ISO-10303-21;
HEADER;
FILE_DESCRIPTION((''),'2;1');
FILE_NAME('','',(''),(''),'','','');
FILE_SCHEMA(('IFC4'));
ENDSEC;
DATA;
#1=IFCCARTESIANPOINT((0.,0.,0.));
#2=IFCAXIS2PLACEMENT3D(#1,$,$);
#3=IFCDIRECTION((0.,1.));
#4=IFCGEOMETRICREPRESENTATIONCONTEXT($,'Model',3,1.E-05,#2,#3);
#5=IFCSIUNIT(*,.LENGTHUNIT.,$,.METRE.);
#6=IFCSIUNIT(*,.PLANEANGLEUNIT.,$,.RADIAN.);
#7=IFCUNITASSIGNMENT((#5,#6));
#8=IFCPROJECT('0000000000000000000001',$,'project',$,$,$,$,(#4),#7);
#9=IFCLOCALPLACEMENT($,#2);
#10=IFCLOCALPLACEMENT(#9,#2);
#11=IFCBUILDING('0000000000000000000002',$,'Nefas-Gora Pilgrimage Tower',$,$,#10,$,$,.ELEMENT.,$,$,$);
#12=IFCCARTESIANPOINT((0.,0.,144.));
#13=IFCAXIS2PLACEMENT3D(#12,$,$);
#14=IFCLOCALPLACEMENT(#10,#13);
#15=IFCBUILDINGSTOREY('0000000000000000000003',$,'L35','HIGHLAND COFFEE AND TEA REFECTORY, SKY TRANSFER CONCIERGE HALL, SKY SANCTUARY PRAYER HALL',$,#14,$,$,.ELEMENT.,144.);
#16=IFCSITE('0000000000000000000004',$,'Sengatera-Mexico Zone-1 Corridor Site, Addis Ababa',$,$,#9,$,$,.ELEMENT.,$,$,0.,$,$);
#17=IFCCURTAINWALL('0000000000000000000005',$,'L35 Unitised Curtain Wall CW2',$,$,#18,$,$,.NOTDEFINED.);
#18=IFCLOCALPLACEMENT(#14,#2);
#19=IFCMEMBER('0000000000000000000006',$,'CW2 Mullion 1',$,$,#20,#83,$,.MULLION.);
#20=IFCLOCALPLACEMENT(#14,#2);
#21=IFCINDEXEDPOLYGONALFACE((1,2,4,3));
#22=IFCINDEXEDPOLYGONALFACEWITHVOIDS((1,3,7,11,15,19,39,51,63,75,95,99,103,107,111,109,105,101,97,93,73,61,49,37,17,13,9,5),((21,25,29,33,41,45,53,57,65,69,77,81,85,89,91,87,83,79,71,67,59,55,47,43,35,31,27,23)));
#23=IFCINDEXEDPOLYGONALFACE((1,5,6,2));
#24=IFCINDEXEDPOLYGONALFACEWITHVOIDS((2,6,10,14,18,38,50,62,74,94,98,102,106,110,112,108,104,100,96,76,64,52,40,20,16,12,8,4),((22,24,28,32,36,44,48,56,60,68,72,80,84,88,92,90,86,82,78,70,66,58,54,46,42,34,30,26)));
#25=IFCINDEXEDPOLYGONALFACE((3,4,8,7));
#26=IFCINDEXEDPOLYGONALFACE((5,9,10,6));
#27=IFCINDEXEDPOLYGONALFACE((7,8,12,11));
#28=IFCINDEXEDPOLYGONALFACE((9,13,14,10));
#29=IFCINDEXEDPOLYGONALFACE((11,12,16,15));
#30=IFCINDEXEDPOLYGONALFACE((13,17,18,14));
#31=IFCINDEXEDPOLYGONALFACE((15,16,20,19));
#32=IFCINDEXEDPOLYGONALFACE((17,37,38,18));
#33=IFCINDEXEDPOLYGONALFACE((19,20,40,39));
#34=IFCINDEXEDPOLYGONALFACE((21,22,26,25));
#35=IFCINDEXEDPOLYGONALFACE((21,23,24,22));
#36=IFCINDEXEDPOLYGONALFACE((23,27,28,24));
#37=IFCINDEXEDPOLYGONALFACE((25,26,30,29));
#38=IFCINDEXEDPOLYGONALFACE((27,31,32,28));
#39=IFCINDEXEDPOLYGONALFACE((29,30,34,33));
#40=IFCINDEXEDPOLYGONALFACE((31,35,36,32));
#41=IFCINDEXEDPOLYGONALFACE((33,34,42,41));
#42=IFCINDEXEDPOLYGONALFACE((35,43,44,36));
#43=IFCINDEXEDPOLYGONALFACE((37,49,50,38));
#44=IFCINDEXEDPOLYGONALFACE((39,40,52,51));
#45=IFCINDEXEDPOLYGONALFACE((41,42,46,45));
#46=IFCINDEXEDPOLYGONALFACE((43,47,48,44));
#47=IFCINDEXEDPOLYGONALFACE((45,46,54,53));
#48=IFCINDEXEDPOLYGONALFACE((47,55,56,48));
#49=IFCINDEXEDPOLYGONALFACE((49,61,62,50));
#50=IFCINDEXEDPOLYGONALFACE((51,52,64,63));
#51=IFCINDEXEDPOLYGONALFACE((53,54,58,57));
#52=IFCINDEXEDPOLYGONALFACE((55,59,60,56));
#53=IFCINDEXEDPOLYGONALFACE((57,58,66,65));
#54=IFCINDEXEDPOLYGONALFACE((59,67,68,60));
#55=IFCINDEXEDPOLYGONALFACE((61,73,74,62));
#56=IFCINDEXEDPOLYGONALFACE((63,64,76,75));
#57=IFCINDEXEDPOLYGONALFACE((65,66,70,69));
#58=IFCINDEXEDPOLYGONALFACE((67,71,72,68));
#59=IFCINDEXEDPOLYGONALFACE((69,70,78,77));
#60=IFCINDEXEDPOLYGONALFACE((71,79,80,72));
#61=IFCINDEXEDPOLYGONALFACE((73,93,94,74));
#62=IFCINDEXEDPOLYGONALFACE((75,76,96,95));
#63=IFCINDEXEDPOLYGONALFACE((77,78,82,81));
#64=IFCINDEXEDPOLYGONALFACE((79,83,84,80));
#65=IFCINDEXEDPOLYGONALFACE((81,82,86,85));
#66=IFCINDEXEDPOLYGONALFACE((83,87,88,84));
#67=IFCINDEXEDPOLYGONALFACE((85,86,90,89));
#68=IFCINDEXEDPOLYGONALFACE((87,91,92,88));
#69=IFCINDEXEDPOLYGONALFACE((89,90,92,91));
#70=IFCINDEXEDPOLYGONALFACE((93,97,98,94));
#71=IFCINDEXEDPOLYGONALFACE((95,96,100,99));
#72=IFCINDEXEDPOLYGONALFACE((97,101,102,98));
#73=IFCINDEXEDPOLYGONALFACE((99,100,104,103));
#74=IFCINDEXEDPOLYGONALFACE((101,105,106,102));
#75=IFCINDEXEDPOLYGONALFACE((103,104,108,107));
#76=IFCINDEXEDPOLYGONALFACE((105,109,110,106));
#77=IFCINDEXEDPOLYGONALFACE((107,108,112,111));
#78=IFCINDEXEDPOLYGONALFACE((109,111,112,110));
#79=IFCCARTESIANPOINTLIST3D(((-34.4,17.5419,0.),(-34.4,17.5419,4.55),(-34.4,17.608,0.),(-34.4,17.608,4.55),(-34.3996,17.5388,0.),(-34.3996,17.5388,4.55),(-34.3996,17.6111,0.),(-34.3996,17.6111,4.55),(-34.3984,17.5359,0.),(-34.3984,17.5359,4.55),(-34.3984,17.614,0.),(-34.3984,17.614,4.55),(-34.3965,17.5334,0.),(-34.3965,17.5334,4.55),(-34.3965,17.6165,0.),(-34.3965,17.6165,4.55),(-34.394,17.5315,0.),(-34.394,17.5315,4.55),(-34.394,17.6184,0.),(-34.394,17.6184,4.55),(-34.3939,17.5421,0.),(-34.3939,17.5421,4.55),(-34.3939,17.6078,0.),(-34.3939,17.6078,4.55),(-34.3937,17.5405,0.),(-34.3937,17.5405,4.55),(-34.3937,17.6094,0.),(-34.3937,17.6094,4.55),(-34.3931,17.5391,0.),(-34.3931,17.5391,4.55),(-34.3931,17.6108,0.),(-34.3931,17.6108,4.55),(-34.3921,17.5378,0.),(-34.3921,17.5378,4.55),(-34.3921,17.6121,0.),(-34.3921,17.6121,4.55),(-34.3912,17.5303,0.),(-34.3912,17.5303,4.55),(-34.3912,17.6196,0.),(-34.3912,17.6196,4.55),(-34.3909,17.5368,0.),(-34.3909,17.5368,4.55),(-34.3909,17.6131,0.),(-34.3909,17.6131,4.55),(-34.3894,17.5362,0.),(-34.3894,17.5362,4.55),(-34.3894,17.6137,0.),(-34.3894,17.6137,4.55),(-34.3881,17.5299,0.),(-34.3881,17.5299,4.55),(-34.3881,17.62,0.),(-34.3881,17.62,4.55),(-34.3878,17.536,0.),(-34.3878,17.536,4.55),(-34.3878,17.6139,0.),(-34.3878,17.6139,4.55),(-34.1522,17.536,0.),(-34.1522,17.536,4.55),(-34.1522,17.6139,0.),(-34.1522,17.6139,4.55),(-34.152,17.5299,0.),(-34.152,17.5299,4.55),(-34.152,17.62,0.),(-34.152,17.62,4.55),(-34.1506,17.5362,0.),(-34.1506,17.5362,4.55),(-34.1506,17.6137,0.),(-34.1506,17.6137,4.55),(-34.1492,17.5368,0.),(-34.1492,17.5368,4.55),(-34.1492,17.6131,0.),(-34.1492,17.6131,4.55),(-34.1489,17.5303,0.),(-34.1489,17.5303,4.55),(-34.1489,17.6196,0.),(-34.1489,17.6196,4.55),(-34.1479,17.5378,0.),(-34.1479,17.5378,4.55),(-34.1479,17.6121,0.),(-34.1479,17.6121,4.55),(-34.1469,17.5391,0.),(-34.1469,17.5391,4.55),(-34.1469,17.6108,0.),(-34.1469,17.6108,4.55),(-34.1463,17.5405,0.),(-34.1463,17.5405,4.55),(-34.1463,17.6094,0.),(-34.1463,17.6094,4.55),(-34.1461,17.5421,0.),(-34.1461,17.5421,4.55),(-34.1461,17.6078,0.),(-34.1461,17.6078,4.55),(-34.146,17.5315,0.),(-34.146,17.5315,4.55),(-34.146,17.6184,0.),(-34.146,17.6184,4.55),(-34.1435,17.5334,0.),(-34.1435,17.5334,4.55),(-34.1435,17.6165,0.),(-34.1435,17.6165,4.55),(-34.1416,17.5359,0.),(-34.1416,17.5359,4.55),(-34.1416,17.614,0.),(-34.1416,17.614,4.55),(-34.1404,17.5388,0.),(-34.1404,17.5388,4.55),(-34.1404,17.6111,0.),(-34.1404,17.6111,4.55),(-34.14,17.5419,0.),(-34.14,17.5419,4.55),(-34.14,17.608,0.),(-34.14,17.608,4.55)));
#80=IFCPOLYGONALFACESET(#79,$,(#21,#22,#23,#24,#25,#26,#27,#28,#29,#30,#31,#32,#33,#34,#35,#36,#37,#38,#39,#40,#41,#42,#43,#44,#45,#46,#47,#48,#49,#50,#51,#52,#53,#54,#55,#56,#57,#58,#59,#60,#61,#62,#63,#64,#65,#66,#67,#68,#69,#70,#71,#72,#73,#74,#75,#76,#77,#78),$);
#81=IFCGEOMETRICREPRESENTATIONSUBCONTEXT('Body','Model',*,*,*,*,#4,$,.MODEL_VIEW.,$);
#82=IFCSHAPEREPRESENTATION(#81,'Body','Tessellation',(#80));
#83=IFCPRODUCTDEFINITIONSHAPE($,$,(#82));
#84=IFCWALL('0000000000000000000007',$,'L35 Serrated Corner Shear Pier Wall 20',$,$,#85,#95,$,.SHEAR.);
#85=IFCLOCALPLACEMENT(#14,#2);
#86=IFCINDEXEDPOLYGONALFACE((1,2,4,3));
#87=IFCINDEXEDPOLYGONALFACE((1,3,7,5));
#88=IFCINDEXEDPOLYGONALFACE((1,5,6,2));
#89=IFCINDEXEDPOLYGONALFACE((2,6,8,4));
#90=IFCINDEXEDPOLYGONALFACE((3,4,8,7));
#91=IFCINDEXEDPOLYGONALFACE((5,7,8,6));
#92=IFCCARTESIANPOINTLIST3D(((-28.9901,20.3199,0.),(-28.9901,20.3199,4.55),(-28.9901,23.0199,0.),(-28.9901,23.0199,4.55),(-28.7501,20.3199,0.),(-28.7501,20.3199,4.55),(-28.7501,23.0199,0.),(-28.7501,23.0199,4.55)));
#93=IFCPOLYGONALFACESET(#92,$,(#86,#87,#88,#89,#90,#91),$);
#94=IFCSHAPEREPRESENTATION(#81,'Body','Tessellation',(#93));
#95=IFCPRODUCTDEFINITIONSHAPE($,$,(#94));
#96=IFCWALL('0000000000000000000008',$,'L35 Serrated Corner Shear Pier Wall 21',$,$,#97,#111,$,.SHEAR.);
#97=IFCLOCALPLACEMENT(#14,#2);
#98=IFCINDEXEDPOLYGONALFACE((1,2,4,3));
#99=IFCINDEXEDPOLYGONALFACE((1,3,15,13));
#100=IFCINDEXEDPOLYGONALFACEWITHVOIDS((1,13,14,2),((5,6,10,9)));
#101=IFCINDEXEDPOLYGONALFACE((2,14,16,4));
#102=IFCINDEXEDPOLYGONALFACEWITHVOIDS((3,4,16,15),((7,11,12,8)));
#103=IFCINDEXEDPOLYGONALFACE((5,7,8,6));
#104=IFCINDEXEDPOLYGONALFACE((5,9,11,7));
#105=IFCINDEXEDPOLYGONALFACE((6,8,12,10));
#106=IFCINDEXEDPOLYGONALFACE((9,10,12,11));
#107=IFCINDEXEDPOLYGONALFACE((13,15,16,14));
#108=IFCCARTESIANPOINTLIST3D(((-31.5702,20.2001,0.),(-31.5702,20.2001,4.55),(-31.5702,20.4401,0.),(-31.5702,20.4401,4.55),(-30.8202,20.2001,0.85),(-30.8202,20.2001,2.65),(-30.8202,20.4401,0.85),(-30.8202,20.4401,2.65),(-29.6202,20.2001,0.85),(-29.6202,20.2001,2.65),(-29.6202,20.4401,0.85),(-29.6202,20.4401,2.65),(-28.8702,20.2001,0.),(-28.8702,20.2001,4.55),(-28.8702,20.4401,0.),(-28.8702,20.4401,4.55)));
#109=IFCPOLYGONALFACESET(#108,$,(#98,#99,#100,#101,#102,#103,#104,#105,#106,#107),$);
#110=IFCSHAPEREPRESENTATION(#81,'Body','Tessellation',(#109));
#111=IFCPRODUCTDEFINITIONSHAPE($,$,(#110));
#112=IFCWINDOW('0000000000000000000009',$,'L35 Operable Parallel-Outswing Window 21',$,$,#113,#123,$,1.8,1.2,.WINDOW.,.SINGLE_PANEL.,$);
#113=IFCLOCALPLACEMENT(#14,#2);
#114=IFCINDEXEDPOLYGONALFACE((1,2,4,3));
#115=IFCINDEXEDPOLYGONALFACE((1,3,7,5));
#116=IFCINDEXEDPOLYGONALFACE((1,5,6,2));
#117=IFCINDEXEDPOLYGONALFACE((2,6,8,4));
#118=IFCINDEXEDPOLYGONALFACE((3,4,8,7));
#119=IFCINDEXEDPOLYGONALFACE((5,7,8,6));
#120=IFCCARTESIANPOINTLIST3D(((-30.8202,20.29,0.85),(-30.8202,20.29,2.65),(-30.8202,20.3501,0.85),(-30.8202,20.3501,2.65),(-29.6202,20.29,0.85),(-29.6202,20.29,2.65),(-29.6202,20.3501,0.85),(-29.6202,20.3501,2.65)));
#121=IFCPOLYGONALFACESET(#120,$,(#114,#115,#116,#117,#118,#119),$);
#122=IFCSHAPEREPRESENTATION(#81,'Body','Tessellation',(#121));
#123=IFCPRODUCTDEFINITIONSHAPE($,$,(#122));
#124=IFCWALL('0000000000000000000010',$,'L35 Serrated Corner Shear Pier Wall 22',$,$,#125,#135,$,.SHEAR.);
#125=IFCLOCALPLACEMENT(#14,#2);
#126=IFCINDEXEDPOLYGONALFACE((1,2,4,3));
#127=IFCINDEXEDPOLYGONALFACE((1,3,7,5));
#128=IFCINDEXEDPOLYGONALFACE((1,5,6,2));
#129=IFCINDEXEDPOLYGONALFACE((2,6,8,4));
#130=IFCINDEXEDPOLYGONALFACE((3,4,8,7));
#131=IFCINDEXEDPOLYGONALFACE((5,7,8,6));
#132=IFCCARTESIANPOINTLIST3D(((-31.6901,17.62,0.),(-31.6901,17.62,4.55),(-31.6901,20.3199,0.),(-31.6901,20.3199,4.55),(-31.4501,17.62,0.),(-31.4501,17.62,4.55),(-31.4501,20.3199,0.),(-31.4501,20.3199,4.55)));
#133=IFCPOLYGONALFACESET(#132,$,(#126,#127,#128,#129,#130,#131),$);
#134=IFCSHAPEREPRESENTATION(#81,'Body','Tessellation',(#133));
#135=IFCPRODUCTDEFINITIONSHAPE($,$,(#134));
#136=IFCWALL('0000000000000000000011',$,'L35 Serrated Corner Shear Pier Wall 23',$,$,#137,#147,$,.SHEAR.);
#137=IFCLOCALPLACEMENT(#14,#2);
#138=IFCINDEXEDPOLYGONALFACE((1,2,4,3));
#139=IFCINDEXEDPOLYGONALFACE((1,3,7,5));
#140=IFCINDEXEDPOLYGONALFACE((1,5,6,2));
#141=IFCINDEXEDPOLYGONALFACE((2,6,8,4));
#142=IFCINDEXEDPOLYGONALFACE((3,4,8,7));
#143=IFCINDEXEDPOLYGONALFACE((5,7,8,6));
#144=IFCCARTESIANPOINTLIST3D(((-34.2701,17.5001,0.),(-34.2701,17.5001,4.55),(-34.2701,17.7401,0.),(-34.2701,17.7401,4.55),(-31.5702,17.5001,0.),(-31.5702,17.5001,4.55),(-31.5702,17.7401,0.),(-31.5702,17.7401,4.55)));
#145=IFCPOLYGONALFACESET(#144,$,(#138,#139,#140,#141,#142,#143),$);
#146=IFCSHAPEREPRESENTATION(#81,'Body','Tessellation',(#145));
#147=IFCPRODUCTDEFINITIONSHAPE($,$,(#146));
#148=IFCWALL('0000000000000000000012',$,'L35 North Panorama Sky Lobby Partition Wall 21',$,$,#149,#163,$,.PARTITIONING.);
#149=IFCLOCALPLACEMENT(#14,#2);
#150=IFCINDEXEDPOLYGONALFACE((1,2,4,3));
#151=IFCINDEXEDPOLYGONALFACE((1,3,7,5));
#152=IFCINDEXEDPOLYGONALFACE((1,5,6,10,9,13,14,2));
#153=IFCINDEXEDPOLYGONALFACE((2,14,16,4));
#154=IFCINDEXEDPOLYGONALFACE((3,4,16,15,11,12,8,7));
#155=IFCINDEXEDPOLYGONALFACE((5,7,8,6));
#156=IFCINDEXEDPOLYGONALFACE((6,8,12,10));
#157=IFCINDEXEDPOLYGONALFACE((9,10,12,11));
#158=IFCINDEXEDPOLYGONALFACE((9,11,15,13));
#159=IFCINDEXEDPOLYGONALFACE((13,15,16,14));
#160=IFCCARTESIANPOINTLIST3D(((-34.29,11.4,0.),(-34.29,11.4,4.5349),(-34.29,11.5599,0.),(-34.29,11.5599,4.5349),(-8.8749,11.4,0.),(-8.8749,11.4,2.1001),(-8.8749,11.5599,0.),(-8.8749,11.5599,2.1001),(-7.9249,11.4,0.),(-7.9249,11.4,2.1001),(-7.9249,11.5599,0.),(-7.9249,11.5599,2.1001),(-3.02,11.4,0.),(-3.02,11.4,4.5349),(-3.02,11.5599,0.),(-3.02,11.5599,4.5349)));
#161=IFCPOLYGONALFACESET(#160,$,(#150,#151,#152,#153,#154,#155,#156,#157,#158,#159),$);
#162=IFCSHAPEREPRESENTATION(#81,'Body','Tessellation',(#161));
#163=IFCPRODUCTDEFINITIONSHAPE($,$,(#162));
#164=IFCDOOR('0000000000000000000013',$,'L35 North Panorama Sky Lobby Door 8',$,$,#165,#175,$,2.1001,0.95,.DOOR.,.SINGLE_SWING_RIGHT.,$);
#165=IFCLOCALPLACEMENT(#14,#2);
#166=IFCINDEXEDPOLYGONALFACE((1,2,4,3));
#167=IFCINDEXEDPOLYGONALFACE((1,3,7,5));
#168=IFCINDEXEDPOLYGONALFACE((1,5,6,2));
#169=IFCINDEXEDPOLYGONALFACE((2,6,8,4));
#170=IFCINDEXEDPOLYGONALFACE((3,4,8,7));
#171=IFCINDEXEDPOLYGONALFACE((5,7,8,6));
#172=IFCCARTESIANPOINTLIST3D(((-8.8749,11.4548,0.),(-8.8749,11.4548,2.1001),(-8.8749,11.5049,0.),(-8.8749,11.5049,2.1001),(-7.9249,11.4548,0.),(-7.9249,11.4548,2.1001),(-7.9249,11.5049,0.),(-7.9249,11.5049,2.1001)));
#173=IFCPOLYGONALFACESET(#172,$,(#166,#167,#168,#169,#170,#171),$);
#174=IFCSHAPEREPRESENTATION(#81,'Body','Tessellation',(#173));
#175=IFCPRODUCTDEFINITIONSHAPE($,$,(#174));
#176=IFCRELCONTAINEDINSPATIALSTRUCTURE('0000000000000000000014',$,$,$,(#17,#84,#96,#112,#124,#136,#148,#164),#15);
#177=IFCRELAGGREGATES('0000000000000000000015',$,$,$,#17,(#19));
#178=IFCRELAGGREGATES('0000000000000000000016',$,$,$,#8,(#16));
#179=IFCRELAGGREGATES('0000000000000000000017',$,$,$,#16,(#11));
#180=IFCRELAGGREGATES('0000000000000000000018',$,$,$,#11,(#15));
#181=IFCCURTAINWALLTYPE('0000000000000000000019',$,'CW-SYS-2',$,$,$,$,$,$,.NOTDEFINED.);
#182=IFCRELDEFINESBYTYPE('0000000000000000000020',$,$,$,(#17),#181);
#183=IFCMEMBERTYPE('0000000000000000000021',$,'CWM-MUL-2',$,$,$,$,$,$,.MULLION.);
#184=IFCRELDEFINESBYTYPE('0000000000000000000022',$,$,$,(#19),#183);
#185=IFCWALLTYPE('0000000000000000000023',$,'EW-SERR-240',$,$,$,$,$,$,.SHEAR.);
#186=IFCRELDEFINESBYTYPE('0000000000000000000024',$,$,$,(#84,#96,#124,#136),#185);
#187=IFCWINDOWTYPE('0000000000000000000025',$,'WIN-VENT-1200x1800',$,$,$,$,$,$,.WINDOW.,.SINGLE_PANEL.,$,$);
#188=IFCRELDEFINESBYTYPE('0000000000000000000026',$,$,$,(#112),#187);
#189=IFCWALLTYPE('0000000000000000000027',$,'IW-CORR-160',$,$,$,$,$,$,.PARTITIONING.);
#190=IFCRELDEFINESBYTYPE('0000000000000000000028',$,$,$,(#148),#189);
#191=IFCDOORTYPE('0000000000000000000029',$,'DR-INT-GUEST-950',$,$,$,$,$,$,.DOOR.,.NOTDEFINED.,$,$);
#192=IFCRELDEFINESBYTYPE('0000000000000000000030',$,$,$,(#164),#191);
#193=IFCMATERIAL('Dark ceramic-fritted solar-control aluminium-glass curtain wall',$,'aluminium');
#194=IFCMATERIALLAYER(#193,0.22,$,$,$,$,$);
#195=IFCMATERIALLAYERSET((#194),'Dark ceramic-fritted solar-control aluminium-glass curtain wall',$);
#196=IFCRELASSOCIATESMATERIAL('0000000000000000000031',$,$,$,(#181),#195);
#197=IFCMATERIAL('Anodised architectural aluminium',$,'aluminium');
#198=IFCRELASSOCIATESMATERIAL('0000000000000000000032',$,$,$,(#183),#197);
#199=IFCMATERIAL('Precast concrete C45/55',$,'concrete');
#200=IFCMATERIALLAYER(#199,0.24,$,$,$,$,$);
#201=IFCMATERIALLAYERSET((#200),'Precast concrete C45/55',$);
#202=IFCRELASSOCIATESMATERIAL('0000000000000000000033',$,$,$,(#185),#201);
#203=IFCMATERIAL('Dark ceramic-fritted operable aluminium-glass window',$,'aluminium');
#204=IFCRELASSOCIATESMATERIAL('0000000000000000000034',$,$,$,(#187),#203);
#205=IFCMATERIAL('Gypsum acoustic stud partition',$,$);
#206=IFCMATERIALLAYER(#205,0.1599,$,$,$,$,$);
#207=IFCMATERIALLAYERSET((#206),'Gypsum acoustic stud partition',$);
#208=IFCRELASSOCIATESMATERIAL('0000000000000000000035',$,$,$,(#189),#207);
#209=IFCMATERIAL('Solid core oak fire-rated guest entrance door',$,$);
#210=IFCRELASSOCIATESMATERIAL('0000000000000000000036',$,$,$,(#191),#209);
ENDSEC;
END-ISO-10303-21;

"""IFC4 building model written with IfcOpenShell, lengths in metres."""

from ifc_helpers import new_model, si_unit, direction, frame, frame_2d, origin, origin_2d, place, context, subcontext, project, spatial, rectangle, hollow_rectangle, extrude, source, transform, mapped, material, layer, layer_set, material_profile, profile_set, type_object, element, fill, aggregate, save


model = new_model("IFC4")

# Units and contexts
model_context = context("Model", 3, precision=1e-05, world=origin(), true_north=direction((0.0, 1.0)))
body_context = subcontext(model_context, "Body", "Model", "MODEL_VIEW")
ifc_project = project(units=[si_unit("LENGTHUNIT", "METRE"), si_unit("PLANEANGLEUNIT", "RADIAN")], contexts=[model_context])

# Site, building, storey
site_placement = place(None, origin())
site = spatial("IfcSite", under=ifc_project, at=site_placement, Name="Sengatera-Mexico Zone-1 Corridor Site, Addis Ababa", CompositionType="ELEMENT", RefElevation=0.0)
building_placement = place(site_placement, origin())
building = spatial("IfcBuilding", under=site, at=building_placement, Name="Nefas-Gora Pilgrimage Tower", CompositionType="ELEMENT")
storey_placement = place(building_placement, frame((0.0, 0.0, 144.0)))
storey = spatial("IfcBuildingStorey", under=building, at=storey_placement, Name="L35", Description="HIGHLAND COFFEE AND TEA REFECTORY, SKY TRANSFER CONCIERGE HALL, SKY SANCTUARY PRAYER HALL", CompositionType="ELEMENT", Elevation=144.0)

# Curtain wall
ifc_material_1 = material(Name="Dark ceramic-fritted solar-control aluminium-glass curtain wall", Category="aluminium")
ifc_layer_1 = layer(ifc_material_1, 0.22)
ifc_layer_set_1 = layer_set([ifc_layer_1], Name="Dark ceramic-fritted solar-control aluminium-glass curtain wall")
curtain_wall_type = type_object("IfcCurtainWallType", Name="CW-SYS-2", PredefinedType="NOTDEFINED", material=ifc_layer_set_1)
curtain_wall_1_placement = place(storey_placement, origin())
curtain_wall_1 = element("IfcCurtainWall", 1, at=curtain_wall_1_placement, inside=storey, type_object=curtain_wall_type, Name="L35 Unitised Curtain Wall CW2", PredefinedType="NOTDEFINED")
ifc_material_2 = material(Name="Anodised architectural aluminium", Category="aluminium")
ifc_material_profile_1 = material_profile(ifc_material_2, hollow_rectangle(XDim=0.0901, YDim=0.26, WallThickness=0.0061, InnerFilletRadius=0.0061, OuterFilletRadius=0.012, at=origin_2d()), Name="ALU MULLION 90x260")
ifc_profile_set_1 = profile_set([ifc_material_profile_1], Name="Anodised architectural aluminium")
member_type_1 = type_object("IfcMemberType", Name="CWM-MUL-2", PredefinedType="MULLION", material=ifc_profile_set_1)
shared_shape_1 = source(origin(), body_context, "Body", "SweptSolid", [
    extrude(hollow_rectangle(XDim=0.0901, YDim=0.26, WallThickness=0.0061, InnerFilletRadius=0.0061, OuterFilletRadius=0.012, at=origin_2d()), origin(), (0.0, 0.0, 1.0), 4.55),
])

# Member
member_1_placement = place(storey_placement, frame((-34.27, 17.575, 0.0), z_axis=(0.0, 0.0, 1.0), x_axis=(0.0, -1.0, 0.0)))
member_1 = element("IfcMember", 2, at=member_1_placement, type_object=member_type_1, Name="CW2 Mullion 1", PredefinedType="MULLION", context=body_context, shape_type="MappedRepresentation", body=[
    mapped(shared_shape_1, transform((0.0, 0.0, 0.0), x_axis=(1.0, 0.0, 0.0), y_axis=(0.0, 1.0, 0.0), z_axis=(0.0, 0.0, 1.0), scale=1.0)),
])
aggregate(curtain_wall_1, [member_1])

# Wall
ifc_material_3 = material(Name="Precast concrete C45/55", Category="concrete")
ifc_layer_2 = layer(ifc_material_3, 0.24)
ifc_layer_set_2 = layer_set([ifc_layer_2], Name="Precast concrete C45/55")
wall_type_1 = type_object("IfcWallType", Name="EW-SERR-240", PredefinedType="SHEAR", material=ifc_layer_set_2)
shared_shape_2 = source(origin(), body_context, "Body", "SweptSolid", [
    extrude(rectangle(XDim=2.7, YDim=0.24, at=frame_2d((1.3501, 0.0))), origin(), (0.0, 0.0, 1.0), 4.55),
])
wall_1_placement = place(storey_placement, frame((-28.8701, 23.02, 0.0), z_axis=(0.0, 0.0, 1.0), x_axis=(0.0, -1.0, 0.0)))
element("IfcWall", 3, at=wall_1_placement, inside=storey, type_object=wall_type_1, Name="L35 Serrated Corner Shear Pier Wall 20", PredefinedType="SHEAR", context=body_context, shape_type="MappedRepresentation", body=[
    mapped(shared_shape_2, transform((0.0, 0.0, 0.0), x_axis=(1.0, 0.0, 0.0), y_axis=(0.0, 1.0, 0.0), z_axis=(0.0, 0.0, 1.0), scale=1.0)),
])

# Wall, opening, window
wall_2_placement = place(storey_placement, frame((-28.8701, 20.3201, 0.0), z_axis=(0.0, 0.0, 1.0), x_axis=(-1.0, 0.0, 0.0)))
wall_2 = element("IfcWall", 4, at=wall_2_placement, inside=storey, type_object=wall_type_1, Name="L35 Serrated Corner Shear Pier Wall 21", PredefinedType="SHEAR", context=body_context, shape_type="MappedRepresentation", body=[
    mapped(shared_shape_2, transform((0.0, 0.0, 0.0), x_axis=(1.0, 0.0, 0.0), y_axis=(0.0, 1.0, 0.0), z_axis=(0.0, 0.0, 1.0), scale=1.0)),
])
opening_1_placement = place(wall_2_placement, frame((0.75, 0.0, 0.8501)))
opening_1 = element("IfcOpeningElement", 5, at=opening_1_placement, cuts=wall_2, PredefinedType="OPENING", context=body_context, shape_type="SweptSolid", body=[
    extrude(rectangle(XDim=1.2, YDim=1.8, at=frame_2d((0.6001, 0.8999))), frame((0.0, 0.1299, 0.0), z_axis=(0.0, -1.0, 0.0), x_axis=(1.0, 0.0, 0.0)), (0.0, 0.0, 1.0), 0.26),
])
ifc_material_4 = material(Name="Dark ceramic-fritted operable aluminium-glass window", Category="aluminium")
window_type = type_object("IfcWindowType", Name="WIN-VENT-1200x1800", PartitioningType="SINGLE_PANEL", PredefinedType="WINDOW", material=ifc_material_4)
shared_shape_3 = source(origin(), body_context, "Body", "SweptSolid", [
    extrude(rectangle(XDim=1.2, YDim=1.8, at=frame_2d((0.6001, 0.8999))), frame((0.0, 0.03, 0.0), z_axis=(0.0, -1.0, 0.0), x_axis=(1.0, 0.0, 0.0)), (0.0, 0.0, 1.0), 0.0601),
])
window_placement = place(opening_1_placement, origin())
window = element("IfcWindow", 6, at=window_placement, inside=storey, type_object=window_type, Name="L35 Operable Parallel-Outswing Window 21", OverallHeight=1.8, OverallWidth=1.2, PartitioningType="SINGLE_PANEL", PredefinedType="WINDOW", context=body_context, shape_type="MappedRepresentation", body=[
    mapped(shared_shape_3, transform((0.0, 0.0, 0.0), x_axis=(1.0, 0.0, 0.0), y_axis=(0.0, 1.0, 0.0), z_axis=(0.0, 0.0, 1.0), scale=1.0)),
])
fill(opening_1, window)

# Walls
for number, where, z_axis, x_axis, name in (
    (7, (-31.5701, 20.3201, 0.0), (0.0, 0.0, 1.0), (0.0, -1.0, 0.0), "L35 Serrated Corner Shear Pier Wall 22"),
    (8, (-31.5701, 17.6201, 0.0), (0.0, 0.0, 1.0), (-1.0, 0.0, 0.0), "L35 Serrated Corner Shear Pier Wall 23"),
):
    element("IfcWall", number, at=place(storey_placement, frame(where, z_axis=z_axis, x_axis=x_axis)), inside=storey, type_object=wall_type_1, Name=name, PredefinedType="SHEAR", context=body_context, shape_type="MappedRepresentation", body=[
        mapped(shared_shape_2, transform((0.0, 0.0, 0.0), x_axis=(1.0, 0.0, 0.0), y_axis=(0.0, 1.0, 0.0), z_axis=(0.0, 0.0, 1.0), scale=1.0)),
    ])

# Wall, opening, door
ifc_material_5 = material(Name="Gypsum acoustic stud partition")
ifc_layer_3 = layer(ifc_material_5, 0.1599)
ifc_layer_set_3 = layer_set([ifc_layer_3], Name="Gypsum acoustic stud partition")
wall_type_2 = type_object("IfcWallType", Name="IW-CORR-160", PredefinedType="PARTITIONING", material=ifc_layer_set_3)
shared_shape_4 = source(origin(), body_context, "Body", "SweptSolid", [
    extrude(rectangle(XDim=31.27, YDim=0.1599, at=frame_2d((15.635, 0.0))), origin(), (0.0, 0.0, 1.0), 4.5349),
])
wall_3_placement = place(storey_placement, frame((-34.29, 11.48, 0.0), z_axis=(0.0, 0.0, 1.0), x_axis=(1.0, 0.0, 0.0)))
wall_3 = element("IfcWall", 9, at=wall_3_placement, inside=storey, type_object=wall_type_2, Name="L35 North Panorama Sky Lobby Partition Wall 21", PredefinedType="PARTITIONING", context=body_context, shape_type="MappedRepresentation", body=[
    mapped(shared_shape_4, transform((0.0, 0.0, 0.0), x_axis=(1.0, 0.0, 0.0), y_axis=(0.0, 1.0, 0.0), z_axis=(0.0, 0.0, 1.0), scale=1.0)),
])
opening_2_placement = place(wall_3_placement, frame((25.415, 0.0, 0.0)))
opening_2 = element("IfcOpeningElement", 10, at=opening_2_placement, cuts=wall_3, PredefinedType="OPENING", context=body_context, shape_type="SweptSolid", body=[
    extrude(rectangle(XDim=0.95, YDim=2.1001, at=frame_2d((0.4751, 1.05))), frame((0.0, 0.0898, 0.0), z_axis=(0.0, -1.0, 0.0), x_axis=(1.0, 0.0, 0.0)), (0.0, 0.0, 1.0), 0.1799),
])
ifc_material_6 = material(Name="Solid core oak fire-rated guest entrance door")
door_type = type_object("IfcDoorType", Name="DR-INT-GUEST-950", OperationType="NOTDEFINED", PredefinedType="DOOR", material=ifc_material_6)
shared_shape_5 = source(origin(), body_context, "Body", "SweptSolid", [
    extrude(rectangle(XDim=0.95, YDim=2.1001, at=frame_2d((0.4751, 1.05))), frame((0.0, 0.0249, 0.0), z_axis=(0.0, -1.0, 0.0), x_axis=(1.0, 0.0, 0.0)), (0.0, 0.0, 1.0), 0.05),
])
door_placement = place(opening_2_placement, origin())
door = element("IfcDoor", 11, at=door_placement, inside=storey, type_object=door_type, Name="L35 North Panorama Sky Lobby Door 8", OperationType="SINGLE_SWING_RIGHT", OverallHeight=2.1001, OverallWidth=0.95, PredefinedType="DOOR", context=body_context, shape_type="MappedRepresentation", body=[
    mapped(shared_shape_5, transform((0.0, 0.0, 0.0), x_axis=(1.0, 0.0, 0.0), y_axis=(0.0, 1.0, 0.0), z_axis=(0.0, 0.0, 1.0), scale=1.0)),
])
fill(opening_2, door)

save(model, "model.ifc")
